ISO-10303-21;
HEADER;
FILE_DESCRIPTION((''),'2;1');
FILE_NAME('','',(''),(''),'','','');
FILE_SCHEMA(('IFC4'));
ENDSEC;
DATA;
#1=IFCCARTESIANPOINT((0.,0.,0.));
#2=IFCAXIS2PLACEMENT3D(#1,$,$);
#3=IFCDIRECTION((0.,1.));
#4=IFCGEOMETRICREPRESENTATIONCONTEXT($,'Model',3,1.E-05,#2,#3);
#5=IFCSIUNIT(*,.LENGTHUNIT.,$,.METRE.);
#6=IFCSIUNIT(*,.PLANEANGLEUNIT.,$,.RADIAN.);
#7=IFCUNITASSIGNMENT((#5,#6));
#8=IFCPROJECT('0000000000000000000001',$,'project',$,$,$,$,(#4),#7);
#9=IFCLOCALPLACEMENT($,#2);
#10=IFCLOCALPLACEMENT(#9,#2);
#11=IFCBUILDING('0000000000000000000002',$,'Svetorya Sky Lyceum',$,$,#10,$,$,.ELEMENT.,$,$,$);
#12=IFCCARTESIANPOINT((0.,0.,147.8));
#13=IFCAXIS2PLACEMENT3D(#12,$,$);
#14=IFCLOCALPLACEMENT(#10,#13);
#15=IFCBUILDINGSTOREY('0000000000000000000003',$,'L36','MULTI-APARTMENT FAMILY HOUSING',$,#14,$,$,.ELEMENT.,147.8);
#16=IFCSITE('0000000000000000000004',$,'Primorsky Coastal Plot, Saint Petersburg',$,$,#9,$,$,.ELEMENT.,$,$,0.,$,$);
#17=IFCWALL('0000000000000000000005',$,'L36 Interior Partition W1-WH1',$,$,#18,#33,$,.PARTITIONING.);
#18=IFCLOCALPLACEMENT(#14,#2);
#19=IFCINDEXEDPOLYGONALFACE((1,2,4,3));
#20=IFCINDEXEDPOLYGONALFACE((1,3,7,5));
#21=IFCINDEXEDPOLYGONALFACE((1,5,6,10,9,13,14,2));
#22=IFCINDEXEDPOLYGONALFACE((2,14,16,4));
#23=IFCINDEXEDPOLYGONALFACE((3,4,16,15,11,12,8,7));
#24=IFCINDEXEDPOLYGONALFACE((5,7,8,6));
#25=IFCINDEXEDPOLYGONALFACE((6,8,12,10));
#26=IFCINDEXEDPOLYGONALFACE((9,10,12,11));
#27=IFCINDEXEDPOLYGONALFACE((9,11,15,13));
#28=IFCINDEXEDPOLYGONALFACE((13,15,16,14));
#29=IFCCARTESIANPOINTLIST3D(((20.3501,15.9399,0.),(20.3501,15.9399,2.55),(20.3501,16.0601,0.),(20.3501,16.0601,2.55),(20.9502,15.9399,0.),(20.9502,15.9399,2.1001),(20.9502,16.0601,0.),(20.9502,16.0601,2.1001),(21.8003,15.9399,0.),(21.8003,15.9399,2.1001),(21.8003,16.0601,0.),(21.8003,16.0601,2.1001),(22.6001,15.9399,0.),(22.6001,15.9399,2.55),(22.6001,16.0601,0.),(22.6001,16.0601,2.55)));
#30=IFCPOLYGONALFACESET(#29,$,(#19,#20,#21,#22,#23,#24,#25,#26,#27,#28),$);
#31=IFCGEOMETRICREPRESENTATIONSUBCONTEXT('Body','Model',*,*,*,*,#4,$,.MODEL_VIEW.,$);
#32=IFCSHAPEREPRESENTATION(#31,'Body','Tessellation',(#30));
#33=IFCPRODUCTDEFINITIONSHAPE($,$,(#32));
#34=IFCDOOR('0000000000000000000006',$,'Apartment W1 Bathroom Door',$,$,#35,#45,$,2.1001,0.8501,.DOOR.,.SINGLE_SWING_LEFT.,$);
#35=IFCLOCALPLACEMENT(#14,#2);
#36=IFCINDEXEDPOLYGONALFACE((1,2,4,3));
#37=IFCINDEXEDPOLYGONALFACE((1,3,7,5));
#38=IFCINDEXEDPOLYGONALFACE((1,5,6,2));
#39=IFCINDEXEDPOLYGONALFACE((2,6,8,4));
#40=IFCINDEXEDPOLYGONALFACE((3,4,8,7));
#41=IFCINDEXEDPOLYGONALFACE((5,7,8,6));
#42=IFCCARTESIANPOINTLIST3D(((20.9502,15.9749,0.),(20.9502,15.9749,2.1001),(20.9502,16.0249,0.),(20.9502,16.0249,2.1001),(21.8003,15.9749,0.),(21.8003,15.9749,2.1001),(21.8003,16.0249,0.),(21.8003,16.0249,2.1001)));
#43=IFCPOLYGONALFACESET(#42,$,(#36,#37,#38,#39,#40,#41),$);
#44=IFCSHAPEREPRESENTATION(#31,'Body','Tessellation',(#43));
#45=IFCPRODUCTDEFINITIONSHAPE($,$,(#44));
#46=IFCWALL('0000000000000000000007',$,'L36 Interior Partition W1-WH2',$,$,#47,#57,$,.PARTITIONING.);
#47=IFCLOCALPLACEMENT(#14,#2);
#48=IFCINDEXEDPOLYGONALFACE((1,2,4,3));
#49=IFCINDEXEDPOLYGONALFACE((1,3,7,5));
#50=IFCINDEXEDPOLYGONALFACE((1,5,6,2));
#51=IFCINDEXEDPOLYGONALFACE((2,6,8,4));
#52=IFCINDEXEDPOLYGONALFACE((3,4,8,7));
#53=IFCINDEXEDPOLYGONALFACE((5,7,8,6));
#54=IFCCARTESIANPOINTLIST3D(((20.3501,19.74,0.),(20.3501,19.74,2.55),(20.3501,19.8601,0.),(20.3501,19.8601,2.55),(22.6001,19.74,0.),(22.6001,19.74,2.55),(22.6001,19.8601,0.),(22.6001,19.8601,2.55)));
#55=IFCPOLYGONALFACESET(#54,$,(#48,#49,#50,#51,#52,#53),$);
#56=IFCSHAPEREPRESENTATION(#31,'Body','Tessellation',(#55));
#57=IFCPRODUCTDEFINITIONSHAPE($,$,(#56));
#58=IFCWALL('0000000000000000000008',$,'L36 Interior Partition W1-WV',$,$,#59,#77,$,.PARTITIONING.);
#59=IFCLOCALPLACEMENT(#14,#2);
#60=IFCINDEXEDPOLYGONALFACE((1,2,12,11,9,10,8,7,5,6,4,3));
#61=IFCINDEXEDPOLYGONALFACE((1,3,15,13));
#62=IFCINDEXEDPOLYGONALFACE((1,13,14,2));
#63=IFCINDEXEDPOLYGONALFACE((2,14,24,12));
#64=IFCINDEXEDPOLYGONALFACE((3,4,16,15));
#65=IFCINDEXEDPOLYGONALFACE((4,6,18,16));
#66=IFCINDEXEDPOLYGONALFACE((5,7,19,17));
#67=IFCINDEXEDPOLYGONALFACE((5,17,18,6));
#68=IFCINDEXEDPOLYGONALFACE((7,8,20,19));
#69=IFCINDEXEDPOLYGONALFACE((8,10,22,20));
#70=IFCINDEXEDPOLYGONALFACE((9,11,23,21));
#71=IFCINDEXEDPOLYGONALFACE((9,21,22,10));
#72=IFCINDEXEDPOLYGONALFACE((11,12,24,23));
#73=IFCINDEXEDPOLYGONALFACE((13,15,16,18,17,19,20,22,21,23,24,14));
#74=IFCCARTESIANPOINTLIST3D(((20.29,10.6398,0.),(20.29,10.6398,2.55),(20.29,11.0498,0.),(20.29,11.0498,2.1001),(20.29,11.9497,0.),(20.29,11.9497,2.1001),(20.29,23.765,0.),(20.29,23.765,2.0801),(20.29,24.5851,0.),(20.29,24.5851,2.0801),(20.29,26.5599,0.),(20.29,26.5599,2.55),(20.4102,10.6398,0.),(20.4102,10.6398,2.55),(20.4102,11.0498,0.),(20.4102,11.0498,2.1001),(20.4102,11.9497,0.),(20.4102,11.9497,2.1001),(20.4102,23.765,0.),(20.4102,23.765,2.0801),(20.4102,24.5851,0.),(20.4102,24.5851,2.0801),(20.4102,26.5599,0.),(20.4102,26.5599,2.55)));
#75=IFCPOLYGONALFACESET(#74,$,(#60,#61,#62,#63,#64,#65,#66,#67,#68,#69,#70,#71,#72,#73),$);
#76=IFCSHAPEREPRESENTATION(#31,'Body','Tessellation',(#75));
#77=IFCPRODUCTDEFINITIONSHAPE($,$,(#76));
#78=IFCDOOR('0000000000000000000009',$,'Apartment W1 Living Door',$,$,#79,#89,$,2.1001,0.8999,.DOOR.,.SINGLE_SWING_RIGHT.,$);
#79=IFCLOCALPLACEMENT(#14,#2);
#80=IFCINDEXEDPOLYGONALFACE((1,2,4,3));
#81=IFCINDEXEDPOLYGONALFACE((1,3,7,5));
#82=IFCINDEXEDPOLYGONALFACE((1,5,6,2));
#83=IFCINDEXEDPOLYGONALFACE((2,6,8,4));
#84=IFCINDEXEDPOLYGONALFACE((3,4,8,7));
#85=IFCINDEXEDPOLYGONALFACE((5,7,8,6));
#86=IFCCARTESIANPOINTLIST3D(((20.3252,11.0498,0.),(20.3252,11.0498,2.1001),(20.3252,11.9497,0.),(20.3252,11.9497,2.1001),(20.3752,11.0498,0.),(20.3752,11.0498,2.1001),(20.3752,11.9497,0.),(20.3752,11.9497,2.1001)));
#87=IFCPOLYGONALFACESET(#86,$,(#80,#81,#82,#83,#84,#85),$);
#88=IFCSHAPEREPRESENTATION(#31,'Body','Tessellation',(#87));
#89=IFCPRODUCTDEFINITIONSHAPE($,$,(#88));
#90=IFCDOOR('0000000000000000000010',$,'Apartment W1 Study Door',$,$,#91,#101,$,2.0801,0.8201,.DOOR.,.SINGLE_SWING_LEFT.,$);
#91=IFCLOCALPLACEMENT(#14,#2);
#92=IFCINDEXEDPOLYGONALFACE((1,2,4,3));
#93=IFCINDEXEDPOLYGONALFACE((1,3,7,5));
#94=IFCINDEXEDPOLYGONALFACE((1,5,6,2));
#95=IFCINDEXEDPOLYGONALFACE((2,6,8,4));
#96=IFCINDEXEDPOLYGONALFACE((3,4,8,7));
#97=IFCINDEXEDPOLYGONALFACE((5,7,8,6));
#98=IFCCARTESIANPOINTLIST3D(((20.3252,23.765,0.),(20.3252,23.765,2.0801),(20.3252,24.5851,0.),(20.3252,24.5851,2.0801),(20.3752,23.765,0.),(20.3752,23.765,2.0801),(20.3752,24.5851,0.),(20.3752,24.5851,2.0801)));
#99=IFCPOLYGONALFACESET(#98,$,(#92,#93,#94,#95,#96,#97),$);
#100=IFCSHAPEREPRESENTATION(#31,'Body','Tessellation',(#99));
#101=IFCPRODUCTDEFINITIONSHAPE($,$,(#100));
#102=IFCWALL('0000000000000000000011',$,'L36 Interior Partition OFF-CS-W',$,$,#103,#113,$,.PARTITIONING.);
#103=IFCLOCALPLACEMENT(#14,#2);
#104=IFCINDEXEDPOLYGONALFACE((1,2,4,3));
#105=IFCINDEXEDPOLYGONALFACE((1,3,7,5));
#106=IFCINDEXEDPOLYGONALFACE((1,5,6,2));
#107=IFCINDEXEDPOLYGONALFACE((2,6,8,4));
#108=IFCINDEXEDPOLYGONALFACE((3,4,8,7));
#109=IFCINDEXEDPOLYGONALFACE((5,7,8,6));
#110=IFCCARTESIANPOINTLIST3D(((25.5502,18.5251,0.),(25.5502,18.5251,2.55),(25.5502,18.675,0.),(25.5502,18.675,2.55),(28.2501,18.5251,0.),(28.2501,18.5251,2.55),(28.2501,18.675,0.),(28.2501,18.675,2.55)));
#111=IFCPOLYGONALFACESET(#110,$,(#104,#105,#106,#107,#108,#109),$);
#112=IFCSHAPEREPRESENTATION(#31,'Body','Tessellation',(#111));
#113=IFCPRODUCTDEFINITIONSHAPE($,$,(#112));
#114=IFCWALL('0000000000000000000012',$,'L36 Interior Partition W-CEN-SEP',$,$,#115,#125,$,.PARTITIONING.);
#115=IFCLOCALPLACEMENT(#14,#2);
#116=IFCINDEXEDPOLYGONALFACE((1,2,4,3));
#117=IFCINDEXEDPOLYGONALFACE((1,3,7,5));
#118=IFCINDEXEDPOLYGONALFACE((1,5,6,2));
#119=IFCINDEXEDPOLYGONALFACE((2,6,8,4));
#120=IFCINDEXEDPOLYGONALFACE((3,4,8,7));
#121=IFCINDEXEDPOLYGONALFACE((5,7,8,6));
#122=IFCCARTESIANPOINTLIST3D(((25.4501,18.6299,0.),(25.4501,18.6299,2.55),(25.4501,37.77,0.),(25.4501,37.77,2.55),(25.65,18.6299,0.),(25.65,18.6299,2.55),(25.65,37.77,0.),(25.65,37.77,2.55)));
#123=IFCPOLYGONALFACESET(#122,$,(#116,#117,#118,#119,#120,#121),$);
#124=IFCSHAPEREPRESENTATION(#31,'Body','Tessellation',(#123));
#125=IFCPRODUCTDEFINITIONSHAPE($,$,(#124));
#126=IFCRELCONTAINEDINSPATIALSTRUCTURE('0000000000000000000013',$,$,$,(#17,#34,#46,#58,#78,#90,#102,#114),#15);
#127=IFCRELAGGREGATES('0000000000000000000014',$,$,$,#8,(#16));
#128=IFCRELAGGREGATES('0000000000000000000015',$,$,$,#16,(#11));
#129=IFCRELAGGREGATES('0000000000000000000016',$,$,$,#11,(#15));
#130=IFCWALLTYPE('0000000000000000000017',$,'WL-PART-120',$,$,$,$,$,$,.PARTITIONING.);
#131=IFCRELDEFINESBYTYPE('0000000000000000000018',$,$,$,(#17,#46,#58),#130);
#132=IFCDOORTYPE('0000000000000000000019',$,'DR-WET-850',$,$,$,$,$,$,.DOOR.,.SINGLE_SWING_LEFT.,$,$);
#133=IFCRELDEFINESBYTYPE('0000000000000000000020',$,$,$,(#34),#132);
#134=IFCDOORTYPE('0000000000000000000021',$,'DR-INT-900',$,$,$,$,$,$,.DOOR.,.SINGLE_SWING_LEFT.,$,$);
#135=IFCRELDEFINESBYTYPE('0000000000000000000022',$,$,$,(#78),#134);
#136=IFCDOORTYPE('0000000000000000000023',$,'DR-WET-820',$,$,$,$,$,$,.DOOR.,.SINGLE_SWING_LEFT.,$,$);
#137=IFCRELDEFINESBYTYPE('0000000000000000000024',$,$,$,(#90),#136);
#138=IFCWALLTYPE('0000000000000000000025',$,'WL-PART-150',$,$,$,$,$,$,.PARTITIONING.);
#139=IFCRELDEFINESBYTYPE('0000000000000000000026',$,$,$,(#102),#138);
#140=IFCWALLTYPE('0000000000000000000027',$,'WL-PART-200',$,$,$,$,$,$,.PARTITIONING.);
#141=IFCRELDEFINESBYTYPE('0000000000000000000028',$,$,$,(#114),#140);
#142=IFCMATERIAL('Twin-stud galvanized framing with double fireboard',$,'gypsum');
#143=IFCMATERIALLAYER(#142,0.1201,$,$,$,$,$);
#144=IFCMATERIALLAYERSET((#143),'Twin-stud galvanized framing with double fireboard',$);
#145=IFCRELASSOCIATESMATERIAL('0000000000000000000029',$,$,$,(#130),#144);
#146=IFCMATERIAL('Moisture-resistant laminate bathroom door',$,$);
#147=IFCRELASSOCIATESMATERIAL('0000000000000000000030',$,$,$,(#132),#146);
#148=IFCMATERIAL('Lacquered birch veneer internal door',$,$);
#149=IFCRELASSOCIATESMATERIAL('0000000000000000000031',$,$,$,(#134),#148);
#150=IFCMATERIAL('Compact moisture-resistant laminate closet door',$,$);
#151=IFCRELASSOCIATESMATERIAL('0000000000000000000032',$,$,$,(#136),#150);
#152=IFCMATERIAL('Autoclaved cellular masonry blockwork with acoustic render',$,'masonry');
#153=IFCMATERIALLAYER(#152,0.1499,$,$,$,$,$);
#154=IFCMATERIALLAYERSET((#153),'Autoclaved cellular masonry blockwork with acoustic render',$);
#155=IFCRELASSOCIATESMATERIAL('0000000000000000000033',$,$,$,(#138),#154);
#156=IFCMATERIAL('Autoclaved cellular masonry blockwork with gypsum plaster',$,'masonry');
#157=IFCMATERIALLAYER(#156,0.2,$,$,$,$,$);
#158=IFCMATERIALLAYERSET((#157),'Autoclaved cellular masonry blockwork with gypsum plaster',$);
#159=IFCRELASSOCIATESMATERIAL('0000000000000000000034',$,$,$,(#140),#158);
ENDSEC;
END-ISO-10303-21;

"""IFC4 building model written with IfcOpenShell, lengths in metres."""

from ifc_helpers import new_model, si_unit, direction, frame, frame_2d, origin, place, context, subcontext, project, spatial, rectangle, extrude, material, layer, layer_set, type_object, element, fill, save


model = new_model("IFC4")

# Units and contexts
model_context = context("Model", 3, precision=1e-05, world=origin(), true_north=direction((0.0, 1.0)))
body_context = subcontext(model_context, "Body", "Model", "MODEL_VIEW")
ifc_project = project(units=[si_unit("LENGTHUNIT", "METRE"), si_unit("PLANEANGLEUNIT", "RADIAN")], contexts=[model_context])

# Site, building, storey
site_placement = place(None, origin())
site = spatial("IfcSite", under=ifc_project, at=site_placement, Name="Primorsky Coastal Plot, Saint Petersburg", CompositionType="ELEMENT", RefElevation=0.0)
building_placement = place(site_placement, origin())
building = spatial("IfcBuilding", under=site, at=building_placement, Name="Svetorya Sky Lyceum", CompositionType="ELEMENT")
storey_placement = place(building_placement, frame((0.0, 0.0, 147.8)))
storey = spatial("IfcBuildingStorey", under=building, at=storey_placement, Name="L36", Description="MULTI-APARTMENT FAMILY HOUSING", CompositionType="ELEMENT", Elevation=147.8)

# Wall, opening, door
ifc_material_1 = material(Name="Twin-stud galvanized framing with double fireboard", Category="gypsum")
ifc_layer_1 = layer(ifc_material_1, 0.1201)
ifc_layer_set_1 = layer_set([ifc_layer_1], Name="Twin-stud galvanized framing with double fireboard")
wall_type_1 = type_object("IfcWallType", Name="WL-PART-120", PredefinedType="PARTITIONING", material=ifc_layer_set_1)
wall_1_placement = place(storey_placement, frame((20.3501, 16.0, 0.0), z_axis=(0.0, 0.0, 1.0), x_axis=(1.0, 0.0, 0.0)))
wall_1 = element("IfcWall", 1, at=wall_1_placement, inside=storey, type_object=wall_type_1, Name="L36 Interior Partition W1-WH1", PredefinedType="PARTITIONING", context=body_context, shape_type="SweptSolid", body=[
    extrude(rectangle(XDim=2.25, YDim=0.1201, at=frame_2d((1.125, 0.0))), origin(), (0.0, 0.0, 1.0), 2.55),
])
opening_1_placement = place(wall_1_placement, frame((0.6001, 0.0, 0.0)))
opening_1 = element("IfcOpeningElement", 2, at=opening_1_placement, cuts=wall_1, PredefinedType="OPENING", context=body_context, shape_type="SweptSolid", body=[
    extrude(rectangle(XDim=0.8501, YDim=2.1001, at=frame_2d((0.425, 1.05))), frame((0.0, 0.0701, 0.0), z_axis=(0.0, -1.0, 0.0), x_axis=(1.0, 0.0, 0.0)), (0.0, 0.0, 1.0), 0.1401),
])
ifc_material_2 = material(Name="Moisture-resistant laminate bathroom door")
door_type_1 = type_object("IfcDoorType", Name="DR-WET-850", OperationType="SINGLE_SWING_LEFT", PredefinedType="DOOR", material=ifc_material_2)
door_1_placement = place(opening_1_placement, origin())
door_1 = element("IfcDoor", 3, at=door_1_placement, inside=storey, type_object=door_type_1, Name="Apartment W1 Bathroom Door", OperationType="SINGLE_SWING_LEFT", OverallHeight=2.1001, OverallWidth=0.8501, PredefinedType="DOOR", context=body_context, shape_type="SweptSolid", body=[
    extrude(rectangle(XDim=0.8501, YDim=2.1001, at=frame_2d((0.425, 1.05))), frame((0.0, 0.0249, 0.0), z_axis=(0.0, -1.0, 0.0), x_axis=(1.0, 0.0, 0.0)), (0.0, 0.0, 1.0), 0.05),
])
fill(opening_1, door_1)

# Wall
wall_2_placement = place(storey_placement, frame((20.3501, 19.8, 0.0), z_axis=(0.0, 0.0, 1.0), x_axis=(1.0, 0.0, 0.0)))
element("IfcWall", 4, at=wall_2_placement, inside=storey, type_object=wall_type_1, Name="L36 Interior Partition W1-WH2", PredefinedType="PARTITIONING", context=body_context, shape_type="SweptSolid", body=[
    extrude(rectangle(XDim=2.25, YDim=0.1201, at=frame_2d((1.125, 0.0))), origin(), (0.0, 0.0, 1.0), 2.55),
])

# Wall, openings, doors
wall_3_placement = place(storey_placement, frame((20.3501, 10.6399, 0.0), z_axis=(0.0, 0.0, 1.0), x_axis=(0.0, 1.0, 0.0)))
wall_3 = element("IfcWall", 5, at=wall_3_placement, inside=storey, type_object=wall_type_1, Name="L36 Interior Partition W1-WV", PredefinedType="PARTITIONING", context=body_context, shape_type="SweptSolid", body=[
    extrude(rectangle(XDim=15.9202, YDim=0.1201, at=frame_2d((7.96, 0.0))), origin(), (0.0, 0.0, 1.0), 2.55),
])
opening_2_placement = place(wall_3_placement, frame((0.4099, 0.0, 0.0)))
opening_2 = element("IfcOpeningElement", 6, at=opening_2_placement, cuts=wall_3, PredefinedType="OPENING", context=body_context, shape_type="SweptSolid", body=[
    extrude(rectangle(XDim=0.8999, YDim=2.1001, at=frame_2d((0.45, 1.05))), frame((0.0, 0.0701, 0.0), z_axis=(0.0, -1.0, 0.0), x_axis=(1.0, 0.0, 0.0)), (0.0, 0.0, 1.0), 0.1401),
])
opening_3_placement = place(wall_3_placement, frame((13.125, 0.0, 0.0)))
opening_3 = element("IfcOpeningElement", 7, at=opening_3_placement, cuts=wall_3, PredefinedType="OPENING", context=body_context, shape_type="SweptSolid", body=[
    extrude(rectangle(XDim=0.8201, YDim=2.0801, at=frame_2d((0.4102, 1.04))), frame((0.0, 0.0701, 0.0), z_axis=(0.0, -1.0, 0.0), x_axis=(1.0, 0.0, 0.0)), (0.0, 0.0, 1.0), 0.1401),
])
ifc_material_3 = material(Name="Lacquered birch veneer internal door")
door_type_2 = type_object("IfcDoorType", Name="DR-INT-900", OperationType="SINGLE_SWING_LEFT", PredefinedType="DOOR", material=ifc_material_3)
door_2_placement = place(opening_2_placement, origin())
door_2 = element("IfcDoor", 8, at=door_2_placement, inside=storey, type_object=door_type_2, Name="Apartment W1 Living Door", OperationType="SINGLE_SWING_RIGHT", OverallHeight=2.1001, OverallWidth=0.8999, PredefinedType="DOOR", context=body_context, shape_type="SweptSolid", body=[
    extrude(rectangle(XDim=0.8999, YDim=2.1001, at=frame_2d((0.45, 1.05))), frame((0.0, 0.0249, 0.0), z_axis=(0.0, -1.0, 0.0), x_axis=(1.0, 0.0, 0.0)), (0.0, 0.0, 1.0), 0.05),
])
fill(opening_2, door_2)
ifc_material_4 = material(Name="Compact moisture-resistant laminate closet door")
door_type_3 = type_object("IfcDoorType", Name="DR-WET-820", OperationType="SINGLE_SWING_LEFT", PredefinedType="DOOR", material=ifc_material_4)
door_3_placement = place(opening_3_placement, origin())
door_3 = element("IfcDoor", 9, at=door_3_placement, inside=storey, type_object=door_type_3, Name="Apartment W1 Study Door", OperationType="SINGLE_SWING_LEFT", OverallHeight=2.0801, OverallWidth=0.8201, PredefinedType="DOOR", context=body_context, shape_type="SweptSolid", body=[
    extrude(rectangle(XDim=0.8201, YDim=2.0801, at=frame_2d((0.4102, 1.04))), frame((0.0, 0.0249, 0.0), z_axis=(0.0, -1.0, 0.0), x_axis=(1.0, 0.0, 0.0)), (0.0, 0.0, 1.0), 0.05),
])
fill(opening_3, door_3)

# Walls
ifc_material_5 = material(Name="Autoclaved cellular masonry blockwork with acoustic render", Category="masonry")
ifc_layer_2 = layer(ifc_material_5, 0.1499)
ifc_layer_set_2 = layer_set([ifc_layer_2], Name="Autoclaved cellular masonry blockwork with acoustic render")
wall_type_2 = type_object("IfcWallType", Name="WL-PART-150", PredefinedType="PARTITIONING", material=ifc_layer_set_2)
wall_4_placement = place(storey_placement, frame((25.55, 18.6001, 0.0), z_axis=(0.0, 0.0, 1.0), x_axis=(1.0, 0.0, 0.0)))
element("IfcWall", 10, at=wall_4_placement, inside=storey, type_object=wall_type_2, Name="L36 Interior Partition OFF-CS-W", PredefinedType="PARTITIONING", context=body_context, shape_type="SweptSolid", body=[
    extrude(rectangle(XDim=2.7, YDim=0.1499, at=frame_2d((1.3501, 0.0))), origin(), (0.0, 0.0, 1.0), 2.55),
])
ifc_material_6 = material(Name="Autoclaved cellular masonry blockwork with gypsum plaster", Category="masonry")
ifc_layer_3 = layer(ifc_material_6, 0.2)
ifc_layer_set_3 = layer_set([ifc_layer_3], Name="Autoclaved cellular masonry blockwork with gypsum plaster")
wall_type_3 = type_object("IfcWallType", Name="WL-PART-200", PredefinedType="PARTITIONING", material=ifc_layer_set_3)
wall_5_placement = place(storey_placement, frame((25.55, 18.6299, 0.0), z_axis=(0.0, 0.0, 1.0), x_axis=(0.0, 1.0, 0.0)))
element("IfcWall", 11, at=wall_5_placement, inside=storey, type_object=wall_type_3, Name="L36 Interior Partition W-CEN-SEP", PredefinedType="PARTITIONING", context=body_context, shape_type="SweptSolid", body=[
    extrude(rectangle(XDim=19.1401, YDim=0.2, at=frame_2d((9.5701, 0.0))), origin(), (0.0, 0.0, 1.0), 2.55),
])

save(model, "model.ifc")
